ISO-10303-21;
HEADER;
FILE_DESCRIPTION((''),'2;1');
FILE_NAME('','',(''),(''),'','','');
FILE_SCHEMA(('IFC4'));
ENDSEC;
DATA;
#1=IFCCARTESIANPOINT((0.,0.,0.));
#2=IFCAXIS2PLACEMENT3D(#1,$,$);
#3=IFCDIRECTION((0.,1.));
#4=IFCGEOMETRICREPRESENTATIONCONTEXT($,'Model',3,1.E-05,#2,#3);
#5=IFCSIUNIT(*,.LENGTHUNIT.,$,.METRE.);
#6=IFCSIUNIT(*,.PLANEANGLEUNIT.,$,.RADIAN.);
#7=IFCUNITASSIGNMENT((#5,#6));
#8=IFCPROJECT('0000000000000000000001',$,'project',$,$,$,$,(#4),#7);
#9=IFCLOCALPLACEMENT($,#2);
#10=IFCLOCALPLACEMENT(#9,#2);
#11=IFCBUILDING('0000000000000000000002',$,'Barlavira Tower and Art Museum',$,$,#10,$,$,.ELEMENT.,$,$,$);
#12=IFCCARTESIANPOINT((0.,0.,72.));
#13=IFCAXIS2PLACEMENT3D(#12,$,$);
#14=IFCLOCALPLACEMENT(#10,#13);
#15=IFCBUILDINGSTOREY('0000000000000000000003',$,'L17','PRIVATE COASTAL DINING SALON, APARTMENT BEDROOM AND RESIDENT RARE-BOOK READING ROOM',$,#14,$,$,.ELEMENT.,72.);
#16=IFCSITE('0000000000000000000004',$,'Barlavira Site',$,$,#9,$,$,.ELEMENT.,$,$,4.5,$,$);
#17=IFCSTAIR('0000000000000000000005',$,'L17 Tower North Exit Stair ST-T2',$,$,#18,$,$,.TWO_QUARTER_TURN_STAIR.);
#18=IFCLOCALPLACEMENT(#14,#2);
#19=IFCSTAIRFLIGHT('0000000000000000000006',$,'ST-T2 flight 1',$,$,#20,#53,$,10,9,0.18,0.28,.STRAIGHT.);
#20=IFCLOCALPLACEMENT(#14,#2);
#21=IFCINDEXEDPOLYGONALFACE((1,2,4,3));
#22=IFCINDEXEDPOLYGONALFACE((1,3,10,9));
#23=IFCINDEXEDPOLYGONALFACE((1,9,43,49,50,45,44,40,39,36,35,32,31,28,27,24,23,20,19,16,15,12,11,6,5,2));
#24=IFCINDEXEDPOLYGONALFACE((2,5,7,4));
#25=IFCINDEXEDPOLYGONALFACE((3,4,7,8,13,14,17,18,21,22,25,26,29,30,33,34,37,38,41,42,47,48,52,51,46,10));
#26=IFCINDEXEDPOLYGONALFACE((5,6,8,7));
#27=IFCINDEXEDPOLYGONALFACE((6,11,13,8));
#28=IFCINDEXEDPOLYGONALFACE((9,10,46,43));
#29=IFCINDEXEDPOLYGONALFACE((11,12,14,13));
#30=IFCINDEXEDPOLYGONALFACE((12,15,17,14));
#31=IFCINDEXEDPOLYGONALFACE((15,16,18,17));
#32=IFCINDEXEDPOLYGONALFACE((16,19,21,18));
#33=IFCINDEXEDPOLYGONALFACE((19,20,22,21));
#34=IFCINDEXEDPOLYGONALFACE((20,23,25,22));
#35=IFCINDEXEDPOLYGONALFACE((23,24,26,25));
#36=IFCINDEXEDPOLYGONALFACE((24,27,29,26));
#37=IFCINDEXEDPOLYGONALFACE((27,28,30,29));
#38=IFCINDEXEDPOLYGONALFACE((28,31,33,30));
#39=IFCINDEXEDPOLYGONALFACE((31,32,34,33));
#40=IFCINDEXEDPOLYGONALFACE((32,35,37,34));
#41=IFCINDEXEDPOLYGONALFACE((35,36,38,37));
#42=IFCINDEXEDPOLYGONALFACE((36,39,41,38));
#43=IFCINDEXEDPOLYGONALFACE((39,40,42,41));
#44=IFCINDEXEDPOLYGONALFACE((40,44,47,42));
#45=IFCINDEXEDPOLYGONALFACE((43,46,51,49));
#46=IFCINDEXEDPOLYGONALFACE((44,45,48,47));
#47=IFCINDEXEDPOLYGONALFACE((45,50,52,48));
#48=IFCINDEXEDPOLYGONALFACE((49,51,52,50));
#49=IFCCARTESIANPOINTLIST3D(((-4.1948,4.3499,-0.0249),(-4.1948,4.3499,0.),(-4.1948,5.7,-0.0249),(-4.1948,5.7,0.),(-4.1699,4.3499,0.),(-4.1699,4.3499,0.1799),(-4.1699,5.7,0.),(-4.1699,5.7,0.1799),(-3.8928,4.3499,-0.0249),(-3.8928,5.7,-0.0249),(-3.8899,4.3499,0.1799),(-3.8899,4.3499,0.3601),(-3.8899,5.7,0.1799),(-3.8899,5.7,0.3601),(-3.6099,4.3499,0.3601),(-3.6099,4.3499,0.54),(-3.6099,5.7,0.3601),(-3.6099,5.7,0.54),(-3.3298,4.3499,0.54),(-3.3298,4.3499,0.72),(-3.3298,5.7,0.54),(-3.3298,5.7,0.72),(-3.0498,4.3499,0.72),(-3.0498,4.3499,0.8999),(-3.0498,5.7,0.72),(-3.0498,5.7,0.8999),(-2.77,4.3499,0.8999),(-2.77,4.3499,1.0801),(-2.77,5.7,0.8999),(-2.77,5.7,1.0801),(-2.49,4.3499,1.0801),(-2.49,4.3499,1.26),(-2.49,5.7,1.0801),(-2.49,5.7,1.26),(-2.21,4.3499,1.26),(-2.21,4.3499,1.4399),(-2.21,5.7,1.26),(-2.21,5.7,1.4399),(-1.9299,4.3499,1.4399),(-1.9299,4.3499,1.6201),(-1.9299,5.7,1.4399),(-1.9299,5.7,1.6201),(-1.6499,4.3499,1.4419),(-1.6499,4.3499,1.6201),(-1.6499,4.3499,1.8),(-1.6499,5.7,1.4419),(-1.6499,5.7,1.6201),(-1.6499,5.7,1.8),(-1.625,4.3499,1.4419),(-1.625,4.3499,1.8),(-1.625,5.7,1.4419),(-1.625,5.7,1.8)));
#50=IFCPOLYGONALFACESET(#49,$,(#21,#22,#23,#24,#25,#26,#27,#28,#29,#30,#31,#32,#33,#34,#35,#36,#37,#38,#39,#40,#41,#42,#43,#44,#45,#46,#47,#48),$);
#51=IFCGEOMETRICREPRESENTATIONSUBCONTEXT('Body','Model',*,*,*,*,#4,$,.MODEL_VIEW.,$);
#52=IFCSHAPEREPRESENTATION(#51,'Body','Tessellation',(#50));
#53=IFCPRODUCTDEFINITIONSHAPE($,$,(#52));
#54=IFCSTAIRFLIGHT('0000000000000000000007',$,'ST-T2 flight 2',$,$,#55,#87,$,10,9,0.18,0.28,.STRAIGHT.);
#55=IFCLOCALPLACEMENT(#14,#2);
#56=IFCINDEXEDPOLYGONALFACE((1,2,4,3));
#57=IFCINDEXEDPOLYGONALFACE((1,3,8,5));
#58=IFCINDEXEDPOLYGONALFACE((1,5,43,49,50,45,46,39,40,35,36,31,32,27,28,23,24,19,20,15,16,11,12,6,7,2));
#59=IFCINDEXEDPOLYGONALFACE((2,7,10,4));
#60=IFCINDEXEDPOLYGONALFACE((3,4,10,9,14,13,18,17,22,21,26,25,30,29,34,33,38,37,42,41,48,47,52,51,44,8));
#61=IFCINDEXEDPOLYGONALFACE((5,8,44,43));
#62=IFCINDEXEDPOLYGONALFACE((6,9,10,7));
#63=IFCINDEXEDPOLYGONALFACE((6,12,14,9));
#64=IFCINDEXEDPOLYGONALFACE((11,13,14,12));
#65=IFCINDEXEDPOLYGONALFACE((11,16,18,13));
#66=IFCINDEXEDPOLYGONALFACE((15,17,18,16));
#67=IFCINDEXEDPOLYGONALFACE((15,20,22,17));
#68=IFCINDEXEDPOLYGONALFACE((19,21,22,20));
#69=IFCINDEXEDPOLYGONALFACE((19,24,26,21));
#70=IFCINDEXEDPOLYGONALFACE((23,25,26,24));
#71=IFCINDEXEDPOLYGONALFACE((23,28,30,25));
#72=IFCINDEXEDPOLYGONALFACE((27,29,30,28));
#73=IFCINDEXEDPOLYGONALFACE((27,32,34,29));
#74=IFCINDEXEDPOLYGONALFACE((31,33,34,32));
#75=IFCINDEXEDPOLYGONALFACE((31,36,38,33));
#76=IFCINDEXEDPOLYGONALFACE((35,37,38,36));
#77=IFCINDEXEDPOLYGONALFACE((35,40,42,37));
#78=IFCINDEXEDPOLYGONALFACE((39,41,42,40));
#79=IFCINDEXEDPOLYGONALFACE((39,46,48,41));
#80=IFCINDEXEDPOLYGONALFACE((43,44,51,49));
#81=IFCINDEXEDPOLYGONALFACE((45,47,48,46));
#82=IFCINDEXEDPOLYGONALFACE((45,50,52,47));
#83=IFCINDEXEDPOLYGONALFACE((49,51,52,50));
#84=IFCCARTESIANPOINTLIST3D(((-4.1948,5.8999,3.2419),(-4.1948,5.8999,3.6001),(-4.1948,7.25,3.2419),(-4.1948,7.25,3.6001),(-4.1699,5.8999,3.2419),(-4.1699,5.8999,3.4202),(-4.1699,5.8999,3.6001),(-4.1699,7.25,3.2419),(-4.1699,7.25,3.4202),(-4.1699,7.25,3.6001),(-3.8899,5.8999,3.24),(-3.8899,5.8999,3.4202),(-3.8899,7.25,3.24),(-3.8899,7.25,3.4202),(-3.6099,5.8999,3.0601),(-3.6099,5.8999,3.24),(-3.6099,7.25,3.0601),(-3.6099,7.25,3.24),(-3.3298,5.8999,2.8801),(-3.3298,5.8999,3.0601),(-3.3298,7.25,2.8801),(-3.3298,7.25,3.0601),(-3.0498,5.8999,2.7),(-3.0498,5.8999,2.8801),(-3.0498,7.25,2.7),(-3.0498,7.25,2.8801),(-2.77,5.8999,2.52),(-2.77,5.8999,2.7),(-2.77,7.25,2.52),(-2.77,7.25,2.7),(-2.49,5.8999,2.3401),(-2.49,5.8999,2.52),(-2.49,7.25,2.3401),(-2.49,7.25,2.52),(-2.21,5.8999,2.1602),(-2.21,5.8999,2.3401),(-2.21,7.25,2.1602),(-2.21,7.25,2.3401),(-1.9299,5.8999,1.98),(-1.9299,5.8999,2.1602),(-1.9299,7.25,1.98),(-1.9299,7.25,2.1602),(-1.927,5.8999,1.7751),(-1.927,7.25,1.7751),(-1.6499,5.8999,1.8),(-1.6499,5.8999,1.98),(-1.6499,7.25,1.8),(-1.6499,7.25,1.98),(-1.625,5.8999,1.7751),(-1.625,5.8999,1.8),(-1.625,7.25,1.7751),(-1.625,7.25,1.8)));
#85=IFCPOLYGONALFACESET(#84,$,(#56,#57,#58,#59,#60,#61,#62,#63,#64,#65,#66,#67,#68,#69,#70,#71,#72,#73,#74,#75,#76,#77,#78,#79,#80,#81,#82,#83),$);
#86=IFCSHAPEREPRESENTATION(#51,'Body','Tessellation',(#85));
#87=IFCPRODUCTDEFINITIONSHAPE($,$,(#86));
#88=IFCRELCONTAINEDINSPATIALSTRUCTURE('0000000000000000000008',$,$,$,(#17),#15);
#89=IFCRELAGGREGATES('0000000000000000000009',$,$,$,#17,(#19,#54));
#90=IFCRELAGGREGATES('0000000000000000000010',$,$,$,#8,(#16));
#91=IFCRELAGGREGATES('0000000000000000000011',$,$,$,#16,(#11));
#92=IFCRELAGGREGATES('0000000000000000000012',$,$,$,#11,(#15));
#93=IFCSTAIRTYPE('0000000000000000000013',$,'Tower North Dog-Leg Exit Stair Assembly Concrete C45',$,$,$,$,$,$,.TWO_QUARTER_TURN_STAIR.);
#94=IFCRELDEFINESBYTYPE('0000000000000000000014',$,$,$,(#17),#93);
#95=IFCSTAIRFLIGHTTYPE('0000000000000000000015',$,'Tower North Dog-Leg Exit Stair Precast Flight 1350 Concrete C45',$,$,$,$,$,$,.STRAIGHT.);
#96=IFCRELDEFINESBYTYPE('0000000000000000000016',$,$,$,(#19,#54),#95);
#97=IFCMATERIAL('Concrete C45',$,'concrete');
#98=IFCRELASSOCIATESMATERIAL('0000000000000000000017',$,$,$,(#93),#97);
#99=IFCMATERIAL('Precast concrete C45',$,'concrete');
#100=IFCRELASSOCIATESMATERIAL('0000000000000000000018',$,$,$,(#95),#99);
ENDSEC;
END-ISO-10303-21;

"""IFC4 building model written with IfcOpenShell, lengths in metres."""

from ifc_helpers import new_model, si_unit, direction, frame, origin, place, context, subcontext, project, spatial, polyline, outline, extrude, material, type_object, element, aggregate, save


model = new_model("IFC4")

# Units and contexts
model_context = context("Model", 3, precision=1e-05, world=origin(), true_north=direction((0.0, 1.0)))
body_context = subcontext(model_context, "Body", "Model", "MODEL_VIEW")
ifc_project = project(units=[si_unit("LENGTHUNIT", "METRE"), si_unit("PLANEANGLEUNIT", "RADIAN")], contexts=[model_context])

# Site, building, storey
site_placement = place(None, origin())
site = spatial("IfcSite", under=ifc_project, at=site_placement, Name="Barlavira Site", CompositionType="ELEMENT", RefElevation=4.5)
building_placement = place(site_placement, origin())
building = spatial("IfcBuilding", under=site, at=building_placement, Name="Barlavira Tower and Art Museum", CompositionType="ELEMENT")
storey_placement = place(building_placement, frame((0.0, 0.0, 72.0)))
storey = spatial("IfcBuildingStorey", under=building, at=storey_placement, Name="L17", Description="PRIVATE COASTAL DINING SALON, APARTMENT BEDROOM AND RESIDENT RARE-BOOK READING ROOM", CompositionType="ELEMENT", Elevation=72.0)

# Stair
ifc_material_1 = material(Name="Concrete C45", Category="concrete")
stair_type_1 = type_object("IfcStairType", Name="Tower North Dog-Leg Exit Stair Assembly Concrete C45", PredefinedType="TWO_QUARTER_TURN_STAIR", material=ifc_material_1)
stair_1_placement = place(storey_placement, origin())
stair_1 = element("IfcStair", 1, at=stair_1_placement, inside=storey, type_object=stair_type_1, Name="L17 Tower North Exit Stair ST-T2", PredefinedType="TWO_QUARTER_TURN_STAIR")

# Stair flights
ifc_material_2 = material(Name="Precast concrete C45", Category="concrete")
stair_flight_type = type_object("IfcStairFlightType", Name="Tower North Dog-Leg Exit Stair Precast Flight 1350 Concrete C45", PredefinedType="STRAIGHT", material=ifc_material_2)
stair_flight_1_placement = place(storey_placement, frame((-4.1699, 5.0249, 0.0), z_axis=(0.0, 0.0, 1.0), x_axis=(1.0, 0.0, 0.0)))
stair_flight_1 = element("IfcStairFlight", 2, at=stair_flight_1_placement, type_object=stair_flight_type, Name="ST-T2 flight 1", NumberOfRisers=10, NumberOfTreads=9, PredefinedType="STRAIGHT", RiserHeight=0.18, TreadLength=0.28, context=body_context, shape_type="SweptSolid", body=[
    extrude(outline(polyline([(-0.0249, 0.0), (0.0, 0.0), (0.0, 0.1799), (0.28, 0.1799), (0.28, 0.3601), (0.5601, 0.3601), (0.5601, 0.54), (0.8401, 0.54), (0.8401, 0.72), (1.1201, 0.72), (1.1201, 0.8999), (1.3999, 0.8999), (1.3999, 1.0801), (1.6799, 1.0801), (1.6799, 1.26), (1.96, 1.26), (1.96, 1.4399), (2.24, 1.4399), (2.24, 1.6201), (2.52, 1.6201), (2.52, 1.8), (2.5449, 1.8), (2.5449, 1.4419), (2.52, 1.4419), (0.2771, -0.0249), (-0.0249, -0.0249), (-0.0249, 0.0)])), frame((0.0, 0.675, 0.0), z_axis=(0.0, -1.0, 0.0), x_axis=(1.0, 0.0, 0.0)), (0.0, 0.0, 1.0), 1.3501),
])
stair_flight_2_placement = place(storey_placement, frame((-1.6499, 6.575, 1.8), z_axis=(0.0, 0.0, 1.0), x_axis=(-1.0, 0.0, 0.0)))
stair_flight_2 = element("IfcStairFlight", 3, at=stair_flight_2_placement, type_object=stair_flight_type, Name="ST-T2 flight 2", NumberOfRisers=10, NumberOfTreads=9, PredefinedType="STRAIGHT", RiserHeight=0.18, TreadLength=0.28, context=body_context, shape_type="SweptSolid", body=[
    extrude(outline(polyline([(-0.0249, 0.0), (0.0, 0.0), (0.0, 0.1799), (0.28, 0.1799), (0.28, 0.3601), (0.5601, 0.3601), (0.5601, 0.54), (0.8401, 0.54), (0.8401, 0.72), (1.1201, 0.72), (1.1201, 0.8999), (1.3999, 0.8999), (1.3999, 1.0801), (1.6799, 1.0801), (1.6799, 1.26), (1.96, 1.26), (1.96, 1.4399), (2.24, 1.4399), (2.24, 1.6201), (2.52, 1.6201), (2.52, 1.8), (2.5449, 1.8), (2.5449, 1.4419), (2.52, 1.4419), (0.2771, -0.0249), (-0.0249, -0.0249), (-0.0249, 0.0)])), frame((0.0, 0.675, 0.0), z_axis=(0.0, -1.0, 0.0), x_axis=(1.0, 0.0, 0.0)), (0.0, 0.0, 1.0), 1.3501),
])
aggregate(stair_1, [stair_flight_1, stair_flight_2])

save(model, "model.ifc")
